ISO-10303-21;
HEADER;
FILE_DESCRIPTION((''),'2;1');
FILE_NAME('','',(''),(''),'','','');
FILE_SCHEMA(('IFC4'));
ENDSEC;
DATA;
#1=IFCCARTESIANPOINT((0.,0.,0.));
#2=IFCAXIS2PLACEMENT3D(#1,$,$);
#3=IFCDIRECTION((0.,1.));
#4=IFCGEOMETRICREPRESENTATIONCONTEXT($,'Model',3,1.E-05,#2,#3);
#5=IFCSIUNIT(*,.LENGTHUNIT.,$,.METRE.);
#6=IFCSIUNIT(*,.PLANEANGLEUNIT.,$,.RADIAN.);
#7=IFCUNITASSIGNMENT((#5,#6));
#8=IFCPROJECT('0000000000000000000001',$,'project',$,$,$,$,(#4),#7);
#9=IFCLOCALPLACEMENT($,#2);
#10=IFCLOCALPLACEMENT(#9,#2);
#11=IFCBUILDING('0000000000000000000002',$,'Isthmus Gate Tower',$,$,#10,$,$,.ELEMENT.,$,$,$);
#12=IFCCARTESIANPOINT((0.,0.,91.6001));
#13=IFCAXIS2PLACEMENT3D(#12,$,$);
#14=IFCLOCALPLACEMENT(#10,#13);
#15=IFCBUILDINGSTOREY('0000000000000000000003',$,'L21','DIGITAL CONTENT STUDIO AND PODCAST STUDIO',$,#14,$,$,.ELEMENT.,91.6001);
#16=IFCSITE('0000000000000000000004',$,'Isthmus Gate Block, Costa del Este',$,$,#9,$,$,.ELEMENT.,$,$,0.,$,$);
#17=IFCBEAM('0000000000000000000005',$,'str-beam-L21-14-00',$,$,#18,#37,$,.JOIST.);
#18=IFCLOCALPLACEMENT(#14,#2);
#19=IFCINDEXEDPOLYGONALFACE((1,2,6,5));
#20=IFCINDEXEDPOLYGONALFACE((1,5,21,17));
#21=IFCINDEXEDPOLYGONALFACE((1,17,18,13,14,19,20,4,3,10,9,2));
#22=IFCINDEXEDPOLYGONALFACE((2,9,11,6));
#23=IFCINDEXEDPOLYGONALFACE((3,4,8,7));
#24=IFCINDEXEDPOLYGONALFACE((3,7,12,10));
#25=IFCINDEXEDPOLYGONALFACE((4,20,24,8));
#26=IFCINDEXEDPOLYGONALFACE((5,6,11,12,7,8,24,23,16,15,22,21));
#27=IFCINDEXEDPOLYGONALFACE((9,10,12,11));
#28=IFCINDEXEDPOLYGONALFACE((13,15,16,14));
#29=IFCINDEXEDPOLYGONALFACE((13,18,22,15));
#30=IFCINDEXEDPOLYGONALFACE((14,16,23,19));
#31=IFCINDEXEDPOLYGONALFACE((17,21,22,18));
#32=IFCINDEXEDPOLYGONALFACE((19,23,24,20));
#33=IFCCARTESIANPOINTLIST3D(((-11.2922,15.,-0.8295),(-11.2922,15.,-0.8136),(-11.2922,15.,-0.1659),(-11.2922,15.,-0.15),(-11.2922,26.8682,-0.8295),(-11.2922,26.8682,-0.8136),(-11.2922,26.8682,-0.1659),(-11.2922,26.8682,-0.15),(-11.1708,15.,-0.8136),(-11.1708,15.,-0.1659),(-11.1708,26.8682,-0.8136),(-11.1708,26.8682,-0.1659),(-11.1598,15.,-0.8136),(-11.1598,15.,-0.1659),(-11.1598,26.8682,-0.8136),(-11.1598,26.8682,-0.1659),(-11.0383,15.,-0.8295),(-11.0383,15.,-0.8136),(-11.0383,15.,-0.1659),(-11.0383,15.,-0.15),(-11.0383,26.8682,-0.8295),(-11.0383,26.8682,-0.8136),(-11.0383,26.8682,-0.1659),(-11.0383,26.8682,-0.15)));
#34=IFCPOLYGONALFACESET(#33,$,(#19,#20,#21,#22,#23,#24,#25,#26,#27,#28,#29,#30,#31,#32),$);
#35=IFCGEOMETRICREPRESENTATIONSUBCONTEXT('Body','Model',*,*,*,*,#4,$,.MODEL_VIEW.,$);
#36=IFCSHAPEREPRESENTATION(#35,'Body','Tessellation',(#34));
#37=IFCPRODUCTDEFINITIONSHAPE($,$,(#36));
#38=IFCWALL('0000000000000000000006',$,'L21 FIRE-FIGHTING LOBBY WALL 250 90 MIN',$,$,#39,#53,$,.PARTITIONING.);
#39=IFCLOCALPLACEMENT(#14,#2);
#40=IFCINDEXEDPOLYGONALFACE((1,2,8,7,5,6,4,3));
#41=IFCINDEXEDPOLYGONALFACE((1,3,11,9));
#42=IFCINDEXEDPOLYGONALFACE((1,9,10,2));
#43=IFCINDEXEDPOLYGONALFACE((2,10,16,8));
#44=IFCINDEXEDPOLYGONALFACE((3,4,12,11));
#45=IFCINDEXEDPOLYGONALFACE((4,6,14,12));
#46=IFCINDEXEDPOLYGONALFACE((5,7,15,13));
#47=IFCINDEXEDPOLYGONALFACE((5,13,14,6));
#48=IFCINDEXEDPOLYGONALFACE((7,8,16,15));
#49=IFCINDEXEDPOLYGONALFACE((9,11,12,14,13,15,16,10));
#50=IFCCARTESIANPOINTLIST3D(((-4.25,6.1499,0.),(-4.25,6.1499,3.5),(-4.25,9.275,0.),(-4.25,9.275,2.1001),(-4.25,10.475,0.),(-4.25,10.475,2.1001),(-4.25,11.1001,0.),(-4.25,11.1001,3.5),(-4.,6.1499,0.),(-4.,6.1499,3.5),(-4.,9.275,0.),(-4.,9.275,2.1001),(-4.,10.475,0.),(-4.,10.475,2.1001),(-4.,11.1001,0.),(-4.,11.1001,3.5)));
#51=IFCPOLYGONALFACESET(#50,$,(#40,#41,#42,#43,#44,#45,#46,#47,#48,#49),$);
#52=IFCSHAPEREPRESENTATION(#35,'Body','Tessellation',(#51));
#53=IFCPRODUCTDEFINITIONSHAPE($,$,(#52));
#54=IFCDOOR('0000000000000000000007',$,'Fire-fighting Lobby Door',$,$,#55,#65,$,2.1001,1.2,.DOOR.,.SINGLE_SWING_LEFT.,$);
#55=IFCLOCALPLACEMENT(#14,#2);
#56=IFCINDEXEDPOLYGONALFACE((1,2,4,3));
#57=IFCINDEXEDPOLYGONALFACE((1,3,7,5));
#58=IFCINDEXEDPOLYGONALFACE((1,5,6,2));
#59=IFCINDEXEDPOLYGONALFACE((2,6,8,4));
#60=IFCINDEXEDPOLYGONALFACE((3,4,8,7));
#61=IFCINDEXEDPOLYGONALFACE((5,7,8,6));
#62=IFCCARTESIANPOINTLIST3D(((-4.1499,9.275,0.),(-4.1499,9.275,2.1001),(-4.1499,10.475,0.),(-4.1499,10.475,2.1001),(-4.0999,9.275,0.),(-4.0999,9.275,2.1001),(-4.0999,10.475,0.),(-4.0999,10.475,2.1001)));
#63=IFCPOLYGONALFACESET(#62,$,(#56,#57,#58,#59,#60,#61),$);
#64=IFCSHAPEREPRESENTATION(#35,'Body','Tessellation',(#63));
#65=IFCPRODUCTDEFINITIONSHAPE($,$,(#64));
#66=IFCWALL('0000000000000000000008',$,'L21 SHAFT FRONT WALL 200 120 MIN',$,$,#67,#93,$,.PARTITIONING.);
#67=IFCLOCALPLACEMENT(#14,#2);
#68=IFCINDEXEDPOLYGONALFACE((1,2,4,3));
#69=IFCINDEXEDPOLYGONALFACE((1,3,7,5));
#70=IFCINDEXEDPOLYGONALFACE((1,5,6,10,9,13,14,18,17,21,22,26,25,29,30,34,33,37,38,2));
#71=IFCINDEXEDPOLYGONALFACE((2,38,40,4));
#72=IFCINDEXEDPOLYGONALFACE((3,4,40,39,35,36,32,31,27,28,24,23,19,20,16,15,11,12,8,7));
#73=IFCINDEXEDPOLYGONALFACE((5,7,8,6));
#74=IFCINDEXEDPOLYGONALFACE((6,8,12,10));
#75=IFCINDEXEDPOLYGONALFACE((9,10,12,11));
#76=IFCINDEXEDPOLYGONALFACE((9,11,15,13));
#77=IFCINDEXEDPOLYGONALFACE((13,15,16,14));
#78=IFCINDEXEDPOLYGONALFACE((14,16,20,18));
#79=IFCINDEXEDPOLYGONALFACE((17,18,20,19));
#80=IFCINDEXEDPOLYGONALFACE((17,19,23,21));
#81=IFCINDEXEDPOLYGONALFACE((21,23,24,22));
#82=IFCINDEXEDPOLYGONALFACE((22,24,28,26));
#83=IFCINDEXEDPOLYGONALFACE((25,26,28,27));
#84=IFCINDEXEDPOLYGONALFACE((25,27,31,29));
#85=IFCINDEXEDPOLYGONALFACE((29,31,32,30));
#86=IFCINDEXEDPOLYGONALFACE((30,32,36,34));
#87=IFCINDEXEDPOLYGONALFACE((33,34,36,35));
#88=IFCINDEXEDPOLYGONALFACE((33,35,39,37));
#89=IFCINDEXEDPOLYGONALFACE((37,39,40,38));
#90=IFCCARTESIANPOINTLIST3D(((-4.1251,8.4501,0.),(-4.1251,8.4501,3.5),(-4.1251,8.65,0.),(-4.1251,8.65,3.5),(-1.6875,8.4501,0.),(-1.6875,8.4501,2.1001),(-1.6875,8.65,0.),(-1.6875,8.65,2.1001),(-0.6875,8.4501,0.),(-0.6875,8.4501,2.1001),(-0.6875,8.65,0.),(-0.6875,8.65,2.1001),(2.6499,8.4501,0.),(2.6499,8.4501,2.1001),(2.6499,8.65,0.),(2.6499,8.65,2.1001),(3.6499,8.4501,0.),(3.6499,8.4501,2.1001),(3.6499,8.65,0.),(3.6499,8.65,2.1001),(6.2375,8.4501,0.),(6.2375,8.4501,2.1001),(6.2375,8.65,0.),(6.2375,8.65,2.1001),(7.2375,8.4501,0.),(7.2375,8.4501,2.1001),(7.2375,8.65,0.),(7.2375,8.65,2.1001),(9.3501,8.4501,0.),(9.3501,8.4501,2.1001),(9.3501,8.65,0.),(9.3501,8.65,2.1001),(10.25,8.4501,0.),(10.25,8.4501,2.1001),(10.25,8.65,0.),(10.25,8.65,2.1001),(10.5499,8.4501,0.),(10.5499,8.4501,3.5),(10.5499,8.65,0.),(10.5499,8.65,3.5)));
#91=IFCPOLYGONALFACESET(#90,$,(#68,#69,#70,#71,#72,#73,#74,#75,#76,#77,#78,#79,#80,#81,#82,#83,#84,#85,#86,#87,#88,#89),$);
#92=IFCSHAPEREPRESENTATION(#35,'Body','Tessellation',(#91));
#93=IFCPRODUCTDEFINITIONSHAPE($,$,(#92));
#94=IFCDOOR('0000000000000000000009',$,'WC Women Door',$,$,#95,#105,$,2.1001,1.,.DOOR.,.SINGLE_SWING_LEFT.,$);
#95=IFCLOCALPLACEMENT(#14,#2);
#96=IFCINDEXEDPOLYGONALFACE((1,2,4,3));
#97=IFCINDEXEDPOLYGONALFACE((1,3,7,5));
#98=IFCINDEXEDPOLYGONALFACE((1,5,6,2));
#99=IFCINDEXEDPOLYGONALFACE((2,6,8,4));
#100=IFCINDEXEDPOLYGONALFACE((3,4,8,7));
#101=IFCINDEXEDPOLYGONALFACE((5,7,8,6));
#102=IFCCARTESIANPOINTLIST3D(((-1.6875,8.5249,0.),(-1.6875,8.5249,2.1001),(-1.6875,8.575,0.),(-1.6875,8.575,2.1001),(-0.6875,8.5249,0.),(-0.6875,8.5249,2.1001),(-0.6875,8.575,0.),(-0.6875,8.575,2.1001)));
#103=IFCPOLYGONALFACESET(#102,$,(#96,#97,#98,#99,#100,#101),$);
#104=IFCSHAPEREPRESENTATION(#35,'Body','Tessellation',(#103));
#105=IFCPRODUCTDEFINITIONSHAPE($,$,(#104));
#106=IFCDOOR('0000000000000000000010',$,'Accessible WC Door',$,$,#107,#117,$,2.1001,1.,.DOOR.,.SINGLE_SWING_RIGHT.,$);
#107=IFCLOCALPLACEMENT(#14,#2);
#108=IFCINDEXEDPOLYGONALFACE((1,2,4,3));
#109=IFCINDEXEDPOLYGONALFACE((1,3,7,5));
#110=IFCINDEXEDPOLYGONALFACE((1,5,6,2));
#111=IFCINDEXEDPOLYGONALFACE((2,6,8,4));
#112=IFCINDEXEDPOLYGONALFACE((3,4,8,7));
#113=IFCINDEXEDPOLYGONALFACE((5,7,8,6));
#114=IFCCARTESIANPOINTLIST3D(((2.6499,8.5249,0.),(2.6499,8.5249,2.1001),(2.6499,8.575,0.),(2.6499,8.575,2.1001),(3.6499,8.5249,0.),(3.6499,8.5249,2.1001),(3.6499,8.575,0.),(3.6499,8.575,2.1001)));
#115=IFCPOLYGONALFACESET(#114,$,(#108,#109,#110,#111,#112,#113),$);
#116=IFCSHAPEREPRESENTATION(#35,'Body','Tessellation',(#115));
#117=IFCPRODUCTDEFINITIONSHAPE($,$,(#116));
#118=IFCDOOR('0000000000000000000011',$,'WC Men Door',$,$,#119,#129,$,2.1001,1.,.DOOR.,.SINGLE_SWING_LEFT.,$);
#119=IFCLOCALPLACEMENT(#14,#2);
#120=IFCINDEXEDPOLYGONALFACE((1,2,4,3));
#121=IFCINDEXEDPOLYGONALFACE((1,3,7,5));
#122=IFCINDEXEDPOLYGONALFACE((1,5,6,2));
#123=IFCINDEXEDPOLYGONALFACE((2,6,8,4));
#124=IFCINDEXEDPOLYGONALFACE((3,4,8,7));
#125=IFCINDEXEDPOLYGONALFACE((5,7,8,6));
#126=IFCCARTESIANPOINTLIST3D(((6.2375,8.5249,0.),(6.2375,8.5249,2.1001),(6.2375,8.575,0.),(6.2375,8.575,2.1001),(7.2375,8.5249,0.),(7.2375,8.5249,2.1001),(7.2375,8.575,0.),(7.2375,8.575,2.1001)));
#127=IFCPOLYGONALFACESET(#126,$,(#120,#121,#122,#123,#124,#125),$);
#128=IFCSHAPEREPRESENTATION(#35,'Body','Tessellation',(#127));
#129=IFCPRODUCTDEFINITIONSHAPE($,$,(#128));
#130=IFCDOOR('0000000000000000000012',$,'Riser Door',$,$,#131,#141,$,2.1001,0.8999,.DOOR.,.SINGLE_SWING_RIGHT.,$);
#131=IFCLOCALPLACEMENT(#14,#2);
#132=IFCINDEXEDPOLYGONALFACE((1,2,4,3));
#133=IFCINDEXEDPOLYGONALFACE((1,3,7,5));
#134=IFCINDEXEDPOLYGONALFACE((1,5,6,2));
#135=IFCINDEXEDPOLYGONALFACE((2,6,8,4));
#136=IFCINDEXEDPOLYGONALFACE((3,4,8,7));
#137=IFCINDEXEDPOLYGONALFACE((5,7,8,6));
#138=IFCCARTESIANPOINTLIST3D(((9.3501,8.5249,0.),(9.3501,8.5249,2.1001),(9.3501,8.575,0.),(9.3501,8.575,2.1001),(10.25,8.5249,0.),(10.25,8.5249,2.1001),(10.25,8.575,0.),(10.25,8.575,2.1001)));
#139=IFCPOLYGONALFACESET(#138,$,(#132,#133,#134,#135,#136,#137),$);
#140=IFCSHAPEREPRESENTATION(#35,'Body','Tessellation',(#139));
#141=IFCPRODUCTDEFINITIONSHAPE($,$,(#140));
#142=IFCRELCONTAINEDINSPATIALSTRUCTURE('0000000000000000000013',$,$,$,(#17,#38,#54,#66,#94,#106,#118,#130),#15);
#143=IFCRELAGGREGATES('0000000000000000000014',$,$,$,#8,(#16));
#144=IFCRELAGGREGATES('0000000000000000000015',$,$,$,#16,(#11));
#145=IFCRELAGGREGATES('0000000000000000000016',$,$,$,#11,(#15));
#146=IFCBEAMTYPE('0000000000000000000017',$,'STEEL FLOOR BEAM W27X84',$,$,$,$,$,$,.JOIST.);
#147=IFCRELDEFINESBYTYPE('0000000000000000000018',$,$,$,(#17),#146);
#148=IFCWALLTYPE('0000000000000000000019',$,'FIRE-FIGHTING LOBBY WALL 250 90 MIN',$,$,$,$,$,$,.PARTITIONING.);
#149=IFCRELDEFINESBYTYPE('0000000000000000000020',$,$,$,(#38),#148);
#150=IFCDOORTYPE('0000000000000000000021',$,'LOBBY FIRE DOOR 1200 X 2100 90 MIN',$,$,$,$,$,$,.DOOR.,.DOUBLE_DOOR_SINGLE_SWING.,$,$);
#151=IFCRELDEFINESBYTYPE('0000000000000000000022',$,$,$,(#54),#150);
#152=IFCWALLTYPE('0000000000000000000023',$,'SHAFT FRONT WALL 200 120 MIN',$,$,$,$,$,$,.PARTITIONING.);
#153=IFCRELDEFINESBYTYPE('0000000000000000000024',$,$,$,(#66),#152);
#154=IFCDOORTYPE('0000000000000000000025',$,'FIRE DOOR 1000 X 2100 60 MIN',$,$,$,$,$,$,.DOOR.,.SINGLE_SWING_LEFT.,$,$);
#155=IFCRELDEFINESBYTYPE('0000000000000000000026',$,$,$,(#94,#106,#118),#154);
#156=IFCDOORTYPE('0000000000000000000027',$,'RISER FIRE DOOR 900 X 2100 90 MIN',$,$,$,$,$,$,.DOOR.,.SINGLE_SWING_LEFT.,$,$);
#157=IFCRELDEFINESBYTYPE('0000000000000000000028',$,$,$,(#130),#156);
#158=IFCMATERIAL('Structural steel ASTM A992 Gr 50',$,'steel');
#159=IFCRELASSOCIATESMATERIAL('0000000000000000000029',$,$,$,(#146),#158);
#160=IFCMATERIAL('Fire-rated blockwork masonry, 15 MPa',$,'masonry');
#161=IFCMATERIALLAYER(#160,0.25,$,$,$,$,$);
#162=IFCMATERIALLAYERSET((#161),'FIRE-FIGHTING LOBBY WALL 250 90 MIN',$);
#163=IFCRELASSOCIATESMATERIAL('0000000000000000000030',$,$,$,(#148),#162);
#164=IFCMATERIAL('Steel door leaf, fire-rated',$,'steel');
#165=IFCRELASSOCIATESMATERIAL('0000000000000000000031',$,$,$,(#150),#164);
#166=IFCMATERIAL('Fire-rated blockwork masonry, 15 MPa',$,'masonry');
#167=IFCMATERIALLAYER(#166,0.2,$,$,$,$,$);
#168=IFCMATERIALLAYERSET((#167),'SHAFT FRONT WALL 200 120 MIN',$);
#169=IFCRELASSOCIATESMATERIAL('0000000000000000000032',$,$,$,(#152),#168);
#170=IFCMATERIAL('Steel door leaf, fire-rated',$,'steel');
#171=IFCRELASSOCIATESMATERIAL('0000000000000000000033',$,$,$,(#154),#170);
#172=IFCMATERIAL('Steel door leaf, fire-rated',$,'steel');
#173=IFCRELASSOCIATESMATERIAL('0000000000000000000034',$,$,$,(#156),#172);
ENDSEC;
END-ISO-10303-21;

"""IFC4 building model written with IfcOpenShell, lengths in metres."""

from ifc_helpers import new_model, si_unit, direction, frame, frame_2d, origin, origin_2d, place, context, subcontext, project, spatial, rectangle, i_section, extrude, material, layer, layer_set, material_profile, profile_set, type_object, element, fill, save


model = new_model("IFC4")

# Units and contexts
model_context = context("Model", 3, precision=1e-05, world=origin(), true_north=direction((0.0, 1.0)))
body_context = subcontext(model_context, "Body", "Model", "MODEL_VIEW")
ifc_project = project(units=[si_unit("LENGTHUNIT", "METRE"), si_unit("PLANEANGLEUNIT", "RADIAN")], contexts=[model_context])

# Site, building, storey
site_placement = place(None, origin())
site = spatial("IfcSite", under=ifc_project, at=site_placement, Name="Isthmus Gate Block, Costa del Este", CompositionType="ELEMENT", RefElevation=0.0)
building_placement = place(site_placement, origin())
building = spatial("IfcBuilding", under=site, at=building_placement, Name="Isthmus Gate Tower", CompositionType="ELEMENT")
storey_placement = place(building_placement, frame((0.0, 0.0, 91.6001)))
storey = spatial("IfcBuildingStorey", under=building, at=storey_placement, Name="L21", Description="DIGITAL CONTENT STUDIO AND PODCAST STUDIO", CompositionType="ELEMENT", Elevation=91.6001)

# Beam
ifc_material_1 = material(Name="Structural steel ASTM A992 Gr 50", Category="steel")
ifc_material_profile = material_profile(ifc_material_1, i_section(OverallWidth=0.2539, OverallDepth=0.6794, WebThickness=0.011, FlangeThickness=0.0159, at=origin_2d()), Name="W27X84")
ifc_profile_set = profile_set([ifc_material_profile], Name="Structural steel ASTM A992 Gr 50")
beam_type = type_object("IfcBeamType", Name="STEEL FLOOR BEAM W27X84", PredefinedType="JOIST", material=ifc_profile_set)
beam_placement = place(storey_placement, frame((-11.1653, 15.0, -0.4897), z_axis=(0.0, 1.0, 0.0), x_axis=(-1.0, 0.0, 0.0)))
element("IfcBeam", 1, at=beam_placement, inside=storey, type_object=beam_type, Name="str-beam-L21-14-00", PredefinedType="JOIST", context=body_context, shape_type="SweptSolid", body=[
    extrude(i_section(OverallWidth=0.2539, OverallDepth=0.6794, WebThickness=0.011, FlangeThickness=0.0159, at=origin_2d()), origin(), (0.0, 0.0, 1.0), 11.8682),
])

# Wall, opening, door
ifc_material_2 = material(Name="Fire-rated blockwork masonry, 15 MPa", Category="masonry")
ifc_layer_1 = layer(ifc_material_2, 0.25)
ifc_layer_set_1 = layer_set([ifc_layer_1], Name="FIRE-FIGHTING LOBBY WALL 250 90 MIN")
wall_type_1 = type_object("IfcWallType", Name="FIRE-FIGHTING LOBBY WALL 250 90 MIN", PredefinedType="PARTITIONING", material=ifc_layer_set_1)
wall_1_placement = place(storey_placement, frame((-4.125, 6.1499, 0.0), z_axis=(0.0, 0.0, 1.0), x_axis=(0.0, 1.0, 0.0)))
wall_1 = element("IfcWall", 2, at=wall_1_placement, inside=storey, type_object=wall_type_1, Name="L21 FIRE-FIGHTING LOBBY WALL 250 90 MIN", PredefinedType="PARTITIONING", context=body_context, shape_type="SweptSolid", body=[
    extrude(rectangle(XDim=4.9502, YDim=0.25, at=frame_2d((2.4751, 0.0))), origin(), (0.0, 0.0, 1.0), 3.5),
])
opening_1_placement = place(wall_1_placement, frame((3.125, 0.0, 0.0)))
opening_1 = element("IfcOpeningElement", 3, at=opening_1_placement, cuts=wall_1, PredefinedType="OPENING", context=body_context, shape_type="SweptSolid", body=[
    extrude(rectangle(XDim=1.2, YDim=2.1001, at=frame_2d((0.6001, 1.05))), frame((0.0, 0.135, 0.0), z_axis=(0.0, -1.0, 0.0), x_axis=(1.0, 0.0, 0.0)), (0.0, 0.0, 1.0), 0.27),
])
ifc_material_3 = material(Name="Steel door leaf, fire-rated", Category="steel")
door_type_1 = type_object("IfcDoorType", Name="LOBBY FIRE DOOR 1200 X 2100 90 MIN", OperationType="DOUBLE_DOOR_SINGLE_SWING", PredefinedType="DOOR", material=ifc_material_3)
door_1_placement = place(opening_1_placement, origin())
door_1 = element("IfcDoor", 4, at=door_1_placement, inside=storey, type_object=door_type_1, Name="Fire-fighting Lobby Door", OperationType="SINGLE_SWING_LEFT", OverallHeight=2.1001, OverallWidth=1.2, PredefinedType="DOOR", context=body_context, shape_type="SweptSolid", body=[
    extrude(rectangle(XDim=1.2, YDim=2.1001, at=frame_2d((0.6001, 1.05))), frame((0.0, 0.0249, 0.0), z_axis=(0.0, -1.0, 0.0), x_axis=(1.0, 0.0, 0.0)), (0.0, 0.0, 1.0), 0.05),
])
fill(opening_1, door_1)

# Wall, openings, doors
ifc_material_4 = material(Name="Fire-rated blockwork masonry, 15 MPa", Category="masonry")
ifc_layer_2 = layer(ifc_material_4, 0.2)
ifc_layer_set_2 = layer_set([ifc_layer_2], Name="SHAFT FRONT WALL 200 120 MIN")
wall_type_2 = type_object("IfcWallType", Name="SHAFT FRONT WALL 200 120 MIN", PredefinedType="PARTITIONING", material=ifc_layer_set_2)
wall_2_placement = place(storey_placement, frame((-4.125, 8.55, 0.0), z_axis=(0.0, 0.0, 1.0), x_axis=(1.0, 0.0, 0.0)))
wall_2 = element("IfcWall", 5, at=wall_2_placement, inside=storey, type_object=wall_type_2, Name="L21 SHAFT FRONT WALL 200 120 MIN", PredefinedType="PARTITIONING", context=body_context, shape_type="SweptSolid", body=[
    extrude(rectangle(XDim=14.675, YDim=0.2, at=frame_2d((7.3374, 0.0))), origin(), (0.0, 0.0, 1.0), 3.5),
])
opening_2_placement = place(wall_2_placement, frame((2.4375, 0.0, 0.0)))
opening_2 = element("IfcOpeningElement", 6, at=opening_2_placement, cuts=wall_2, PredefinedType="OPENING", context=body_context, shape_type="SweptSolid", body=[
    extrude(rectangle(XDim=1.0, YDim=2.1001, at=frame_2d((0.5, 1.05))), frame((0.0, 0.1099, 0.0), z_axis=(0.0, -1.0, 0.0), x_axis=(1.0, 0.0, 0.0)), (0.0, 0.0, 1.0), 0.22),
])
opening_3_placement = place(wall_2_placement, frame((6.7749, 0.0, 0.0)))
opening_3 = element("IfcOpeningElement", 7, at=opening_3_placement, cuts=wall_2, PredefinedType="OPENING", context=body_context, shape_type="SweptSolid", body=[
    extrude(rectangle(XDim=1.0, YDim=2.1001, at=frame_2d((0.5, 1.05))), frame((0.0, 0.1099, 0.0), z_axis=(0.0, -1.0, 0.0), x_axis=(1.0, 0.0, 0.0)), (0.0, 0.0, 1.0), 0.22),
])
opening_4_placement = place(wall_2_placement, frame((10.3625, 0.0, 0.0)))
opening_4 = element("IfcOpeningElement", 8, at=opening_4_placement, cuts=wall_2, PredefinedType="OPENING", context=body_context, shape_type="SweptSolid", body=[
    extrude(rectangle(XDim=1.0, YDim=2.1001, at=frame_2d((0.5, 1.05))), frame((0.0, 0.1099, 0.0), z_axis=(0.0, -1.0, 0.0), x_axis=(1.0, 0.0, 0.0)), (0.0, 0.0, 1.0), 0.22),
])
opening_5_placement = place(wall_2_placement, frame((13.4751, 0.0, 0.0)))
opening_5 = element("IfcOpeningElement", 9, at=opening_5_placement, cuts=wall_2, PredefinedType="OPENING", context=body_context, shape_type="SweptSolid", body=[
    extrude(rectangle(XDim=0.8999, YDim=2.1001, at=frame_2d((0.45, 1.05))), frame((0.0, 0.1099, 0.0), z_axis=(0.0, -1.0, 0.0), x_axis=(1.0, 0.0, 0.0)), (0.0, 0.0, 1.0), 0.22),
])
ifc_material_5 = material(Name="Steel door leaf, fire-rated", Category="steel")
door_type_2 = type_object("IfcDoorType", Name="FIRE DOOR 1000 X 2100 60 MIN", OperationType="SINGLE_SWING_LEFT", PredefinedType="DOOR", material=ifc_material_5)
door_2_placement = place(opening_2_placement, origin())
door_2 = element("IfcDoor", 10, at=door_2_placement, inside=storey, type_object=door_type_2, Name="WC Women Door", OperationType="SINGLE_SWING_LEFT", OverallHeight=2.1001, OverallWidth=1.0, PredefinedType="DOOR", context=body_context, shape_type="SweptSolid", body=[
    extrude(rectangle(XDim=1.0, YDim=2.1001, at=frame_2d((0.5, 1.05))), frame((0.0, 0.0249, 0.0), z_axis=(0.0, -1.0, 0.0), x_axis=(1.0, 0.0, 0.0)), (0.0, 0.0, 1.0), 0.05),
])
fill(opening_2, door_2)
door_3_placement = place(opening_3_placement, origin())
door_3 = element("IfcDoor", 11, at=door_3_placement, inside=storey, type_object=door_type_2, Name="Accessible WC Door", OperationType="SINGLE_SWING_RIGHT", OverallHeight=2.1001, OverallWidth=1.0, PredefinedType="DOOR", context=body_context, shape_type="SweptSolid", body=[
    extrude(rectangle(XDim=1.0, YDim=2.1001, at=frame_2d((0.5, 1.05))), frame((0.0, 0.0249, 0.0), z_axis=(0.0, -1.0, 0.0), x_axis=(1.0, 0.0, 0.0)), (0.0, 0.0, 1.0), 0.05),
])
fill(opening_3, door_3)
door_4_placement = place(opening_4_placement, origin())
door_4 = element("IfcDoor", 12, at=door_4_placement, inside=storey, type_object=door_type_2, Name="WC Men Door", OperationType="SINGLE_SWING_LEFT", OverallHeight=2.1001, OverallWidth=1.0, PredefinedType="DOOR", context=body_context, shape_type="SweptSolid", body=[
    extrude(rectangle(XDim=1.0, YDim=2.1001, at=frame_2d((0.5, 1.05))), frame((0.0, 0.0249, 0.0), z_axis=(0.0, -1.0, 0.0), x_axis=(1.0, 0.0, 0.0)), (0.0, 0.0, 1.0), 0.05),
])
fill(opening_4, door_4)
ifc_material_6 = material(Name="Steel door leaf, fire-rated", Category="steel")
door_type_3 = type_object("IfcDoorType", Name="RISER FIRE DOOR 900 X 2100 90 MIN", OperationType="SINGLE_SWING_LEFT", PredefinedType="DOOR", material=ifc_material_6)
door_5_placement = place(opening_5_placement, origin())
door_5 = element("IfcDoor", 13, at=door_5_placement, inside=storey, type_object=door_type_3, Name="Riser Door", OperationType="SINGLE_SWING_RIGHT", OverallHeight=2.1001, OverallWidth=0.8999, PredefinedType="DOOR", context=body_context, shape_type="SweptSolid", body=[
    extrude(rectangle(XDim=0.8999, YDim=2.1001, at=frame_2d((0.45, 1.05))), frame((0.0, 0.0249, 0.0), z_axis=(0.0, -1.0, 0.0), x_axis=(1.0, 0.0, 0.0)), (0.0, 0.0, 1.0), 0.05),
])
fill(opening_5, door_5)

save(model, "model.ifc")
